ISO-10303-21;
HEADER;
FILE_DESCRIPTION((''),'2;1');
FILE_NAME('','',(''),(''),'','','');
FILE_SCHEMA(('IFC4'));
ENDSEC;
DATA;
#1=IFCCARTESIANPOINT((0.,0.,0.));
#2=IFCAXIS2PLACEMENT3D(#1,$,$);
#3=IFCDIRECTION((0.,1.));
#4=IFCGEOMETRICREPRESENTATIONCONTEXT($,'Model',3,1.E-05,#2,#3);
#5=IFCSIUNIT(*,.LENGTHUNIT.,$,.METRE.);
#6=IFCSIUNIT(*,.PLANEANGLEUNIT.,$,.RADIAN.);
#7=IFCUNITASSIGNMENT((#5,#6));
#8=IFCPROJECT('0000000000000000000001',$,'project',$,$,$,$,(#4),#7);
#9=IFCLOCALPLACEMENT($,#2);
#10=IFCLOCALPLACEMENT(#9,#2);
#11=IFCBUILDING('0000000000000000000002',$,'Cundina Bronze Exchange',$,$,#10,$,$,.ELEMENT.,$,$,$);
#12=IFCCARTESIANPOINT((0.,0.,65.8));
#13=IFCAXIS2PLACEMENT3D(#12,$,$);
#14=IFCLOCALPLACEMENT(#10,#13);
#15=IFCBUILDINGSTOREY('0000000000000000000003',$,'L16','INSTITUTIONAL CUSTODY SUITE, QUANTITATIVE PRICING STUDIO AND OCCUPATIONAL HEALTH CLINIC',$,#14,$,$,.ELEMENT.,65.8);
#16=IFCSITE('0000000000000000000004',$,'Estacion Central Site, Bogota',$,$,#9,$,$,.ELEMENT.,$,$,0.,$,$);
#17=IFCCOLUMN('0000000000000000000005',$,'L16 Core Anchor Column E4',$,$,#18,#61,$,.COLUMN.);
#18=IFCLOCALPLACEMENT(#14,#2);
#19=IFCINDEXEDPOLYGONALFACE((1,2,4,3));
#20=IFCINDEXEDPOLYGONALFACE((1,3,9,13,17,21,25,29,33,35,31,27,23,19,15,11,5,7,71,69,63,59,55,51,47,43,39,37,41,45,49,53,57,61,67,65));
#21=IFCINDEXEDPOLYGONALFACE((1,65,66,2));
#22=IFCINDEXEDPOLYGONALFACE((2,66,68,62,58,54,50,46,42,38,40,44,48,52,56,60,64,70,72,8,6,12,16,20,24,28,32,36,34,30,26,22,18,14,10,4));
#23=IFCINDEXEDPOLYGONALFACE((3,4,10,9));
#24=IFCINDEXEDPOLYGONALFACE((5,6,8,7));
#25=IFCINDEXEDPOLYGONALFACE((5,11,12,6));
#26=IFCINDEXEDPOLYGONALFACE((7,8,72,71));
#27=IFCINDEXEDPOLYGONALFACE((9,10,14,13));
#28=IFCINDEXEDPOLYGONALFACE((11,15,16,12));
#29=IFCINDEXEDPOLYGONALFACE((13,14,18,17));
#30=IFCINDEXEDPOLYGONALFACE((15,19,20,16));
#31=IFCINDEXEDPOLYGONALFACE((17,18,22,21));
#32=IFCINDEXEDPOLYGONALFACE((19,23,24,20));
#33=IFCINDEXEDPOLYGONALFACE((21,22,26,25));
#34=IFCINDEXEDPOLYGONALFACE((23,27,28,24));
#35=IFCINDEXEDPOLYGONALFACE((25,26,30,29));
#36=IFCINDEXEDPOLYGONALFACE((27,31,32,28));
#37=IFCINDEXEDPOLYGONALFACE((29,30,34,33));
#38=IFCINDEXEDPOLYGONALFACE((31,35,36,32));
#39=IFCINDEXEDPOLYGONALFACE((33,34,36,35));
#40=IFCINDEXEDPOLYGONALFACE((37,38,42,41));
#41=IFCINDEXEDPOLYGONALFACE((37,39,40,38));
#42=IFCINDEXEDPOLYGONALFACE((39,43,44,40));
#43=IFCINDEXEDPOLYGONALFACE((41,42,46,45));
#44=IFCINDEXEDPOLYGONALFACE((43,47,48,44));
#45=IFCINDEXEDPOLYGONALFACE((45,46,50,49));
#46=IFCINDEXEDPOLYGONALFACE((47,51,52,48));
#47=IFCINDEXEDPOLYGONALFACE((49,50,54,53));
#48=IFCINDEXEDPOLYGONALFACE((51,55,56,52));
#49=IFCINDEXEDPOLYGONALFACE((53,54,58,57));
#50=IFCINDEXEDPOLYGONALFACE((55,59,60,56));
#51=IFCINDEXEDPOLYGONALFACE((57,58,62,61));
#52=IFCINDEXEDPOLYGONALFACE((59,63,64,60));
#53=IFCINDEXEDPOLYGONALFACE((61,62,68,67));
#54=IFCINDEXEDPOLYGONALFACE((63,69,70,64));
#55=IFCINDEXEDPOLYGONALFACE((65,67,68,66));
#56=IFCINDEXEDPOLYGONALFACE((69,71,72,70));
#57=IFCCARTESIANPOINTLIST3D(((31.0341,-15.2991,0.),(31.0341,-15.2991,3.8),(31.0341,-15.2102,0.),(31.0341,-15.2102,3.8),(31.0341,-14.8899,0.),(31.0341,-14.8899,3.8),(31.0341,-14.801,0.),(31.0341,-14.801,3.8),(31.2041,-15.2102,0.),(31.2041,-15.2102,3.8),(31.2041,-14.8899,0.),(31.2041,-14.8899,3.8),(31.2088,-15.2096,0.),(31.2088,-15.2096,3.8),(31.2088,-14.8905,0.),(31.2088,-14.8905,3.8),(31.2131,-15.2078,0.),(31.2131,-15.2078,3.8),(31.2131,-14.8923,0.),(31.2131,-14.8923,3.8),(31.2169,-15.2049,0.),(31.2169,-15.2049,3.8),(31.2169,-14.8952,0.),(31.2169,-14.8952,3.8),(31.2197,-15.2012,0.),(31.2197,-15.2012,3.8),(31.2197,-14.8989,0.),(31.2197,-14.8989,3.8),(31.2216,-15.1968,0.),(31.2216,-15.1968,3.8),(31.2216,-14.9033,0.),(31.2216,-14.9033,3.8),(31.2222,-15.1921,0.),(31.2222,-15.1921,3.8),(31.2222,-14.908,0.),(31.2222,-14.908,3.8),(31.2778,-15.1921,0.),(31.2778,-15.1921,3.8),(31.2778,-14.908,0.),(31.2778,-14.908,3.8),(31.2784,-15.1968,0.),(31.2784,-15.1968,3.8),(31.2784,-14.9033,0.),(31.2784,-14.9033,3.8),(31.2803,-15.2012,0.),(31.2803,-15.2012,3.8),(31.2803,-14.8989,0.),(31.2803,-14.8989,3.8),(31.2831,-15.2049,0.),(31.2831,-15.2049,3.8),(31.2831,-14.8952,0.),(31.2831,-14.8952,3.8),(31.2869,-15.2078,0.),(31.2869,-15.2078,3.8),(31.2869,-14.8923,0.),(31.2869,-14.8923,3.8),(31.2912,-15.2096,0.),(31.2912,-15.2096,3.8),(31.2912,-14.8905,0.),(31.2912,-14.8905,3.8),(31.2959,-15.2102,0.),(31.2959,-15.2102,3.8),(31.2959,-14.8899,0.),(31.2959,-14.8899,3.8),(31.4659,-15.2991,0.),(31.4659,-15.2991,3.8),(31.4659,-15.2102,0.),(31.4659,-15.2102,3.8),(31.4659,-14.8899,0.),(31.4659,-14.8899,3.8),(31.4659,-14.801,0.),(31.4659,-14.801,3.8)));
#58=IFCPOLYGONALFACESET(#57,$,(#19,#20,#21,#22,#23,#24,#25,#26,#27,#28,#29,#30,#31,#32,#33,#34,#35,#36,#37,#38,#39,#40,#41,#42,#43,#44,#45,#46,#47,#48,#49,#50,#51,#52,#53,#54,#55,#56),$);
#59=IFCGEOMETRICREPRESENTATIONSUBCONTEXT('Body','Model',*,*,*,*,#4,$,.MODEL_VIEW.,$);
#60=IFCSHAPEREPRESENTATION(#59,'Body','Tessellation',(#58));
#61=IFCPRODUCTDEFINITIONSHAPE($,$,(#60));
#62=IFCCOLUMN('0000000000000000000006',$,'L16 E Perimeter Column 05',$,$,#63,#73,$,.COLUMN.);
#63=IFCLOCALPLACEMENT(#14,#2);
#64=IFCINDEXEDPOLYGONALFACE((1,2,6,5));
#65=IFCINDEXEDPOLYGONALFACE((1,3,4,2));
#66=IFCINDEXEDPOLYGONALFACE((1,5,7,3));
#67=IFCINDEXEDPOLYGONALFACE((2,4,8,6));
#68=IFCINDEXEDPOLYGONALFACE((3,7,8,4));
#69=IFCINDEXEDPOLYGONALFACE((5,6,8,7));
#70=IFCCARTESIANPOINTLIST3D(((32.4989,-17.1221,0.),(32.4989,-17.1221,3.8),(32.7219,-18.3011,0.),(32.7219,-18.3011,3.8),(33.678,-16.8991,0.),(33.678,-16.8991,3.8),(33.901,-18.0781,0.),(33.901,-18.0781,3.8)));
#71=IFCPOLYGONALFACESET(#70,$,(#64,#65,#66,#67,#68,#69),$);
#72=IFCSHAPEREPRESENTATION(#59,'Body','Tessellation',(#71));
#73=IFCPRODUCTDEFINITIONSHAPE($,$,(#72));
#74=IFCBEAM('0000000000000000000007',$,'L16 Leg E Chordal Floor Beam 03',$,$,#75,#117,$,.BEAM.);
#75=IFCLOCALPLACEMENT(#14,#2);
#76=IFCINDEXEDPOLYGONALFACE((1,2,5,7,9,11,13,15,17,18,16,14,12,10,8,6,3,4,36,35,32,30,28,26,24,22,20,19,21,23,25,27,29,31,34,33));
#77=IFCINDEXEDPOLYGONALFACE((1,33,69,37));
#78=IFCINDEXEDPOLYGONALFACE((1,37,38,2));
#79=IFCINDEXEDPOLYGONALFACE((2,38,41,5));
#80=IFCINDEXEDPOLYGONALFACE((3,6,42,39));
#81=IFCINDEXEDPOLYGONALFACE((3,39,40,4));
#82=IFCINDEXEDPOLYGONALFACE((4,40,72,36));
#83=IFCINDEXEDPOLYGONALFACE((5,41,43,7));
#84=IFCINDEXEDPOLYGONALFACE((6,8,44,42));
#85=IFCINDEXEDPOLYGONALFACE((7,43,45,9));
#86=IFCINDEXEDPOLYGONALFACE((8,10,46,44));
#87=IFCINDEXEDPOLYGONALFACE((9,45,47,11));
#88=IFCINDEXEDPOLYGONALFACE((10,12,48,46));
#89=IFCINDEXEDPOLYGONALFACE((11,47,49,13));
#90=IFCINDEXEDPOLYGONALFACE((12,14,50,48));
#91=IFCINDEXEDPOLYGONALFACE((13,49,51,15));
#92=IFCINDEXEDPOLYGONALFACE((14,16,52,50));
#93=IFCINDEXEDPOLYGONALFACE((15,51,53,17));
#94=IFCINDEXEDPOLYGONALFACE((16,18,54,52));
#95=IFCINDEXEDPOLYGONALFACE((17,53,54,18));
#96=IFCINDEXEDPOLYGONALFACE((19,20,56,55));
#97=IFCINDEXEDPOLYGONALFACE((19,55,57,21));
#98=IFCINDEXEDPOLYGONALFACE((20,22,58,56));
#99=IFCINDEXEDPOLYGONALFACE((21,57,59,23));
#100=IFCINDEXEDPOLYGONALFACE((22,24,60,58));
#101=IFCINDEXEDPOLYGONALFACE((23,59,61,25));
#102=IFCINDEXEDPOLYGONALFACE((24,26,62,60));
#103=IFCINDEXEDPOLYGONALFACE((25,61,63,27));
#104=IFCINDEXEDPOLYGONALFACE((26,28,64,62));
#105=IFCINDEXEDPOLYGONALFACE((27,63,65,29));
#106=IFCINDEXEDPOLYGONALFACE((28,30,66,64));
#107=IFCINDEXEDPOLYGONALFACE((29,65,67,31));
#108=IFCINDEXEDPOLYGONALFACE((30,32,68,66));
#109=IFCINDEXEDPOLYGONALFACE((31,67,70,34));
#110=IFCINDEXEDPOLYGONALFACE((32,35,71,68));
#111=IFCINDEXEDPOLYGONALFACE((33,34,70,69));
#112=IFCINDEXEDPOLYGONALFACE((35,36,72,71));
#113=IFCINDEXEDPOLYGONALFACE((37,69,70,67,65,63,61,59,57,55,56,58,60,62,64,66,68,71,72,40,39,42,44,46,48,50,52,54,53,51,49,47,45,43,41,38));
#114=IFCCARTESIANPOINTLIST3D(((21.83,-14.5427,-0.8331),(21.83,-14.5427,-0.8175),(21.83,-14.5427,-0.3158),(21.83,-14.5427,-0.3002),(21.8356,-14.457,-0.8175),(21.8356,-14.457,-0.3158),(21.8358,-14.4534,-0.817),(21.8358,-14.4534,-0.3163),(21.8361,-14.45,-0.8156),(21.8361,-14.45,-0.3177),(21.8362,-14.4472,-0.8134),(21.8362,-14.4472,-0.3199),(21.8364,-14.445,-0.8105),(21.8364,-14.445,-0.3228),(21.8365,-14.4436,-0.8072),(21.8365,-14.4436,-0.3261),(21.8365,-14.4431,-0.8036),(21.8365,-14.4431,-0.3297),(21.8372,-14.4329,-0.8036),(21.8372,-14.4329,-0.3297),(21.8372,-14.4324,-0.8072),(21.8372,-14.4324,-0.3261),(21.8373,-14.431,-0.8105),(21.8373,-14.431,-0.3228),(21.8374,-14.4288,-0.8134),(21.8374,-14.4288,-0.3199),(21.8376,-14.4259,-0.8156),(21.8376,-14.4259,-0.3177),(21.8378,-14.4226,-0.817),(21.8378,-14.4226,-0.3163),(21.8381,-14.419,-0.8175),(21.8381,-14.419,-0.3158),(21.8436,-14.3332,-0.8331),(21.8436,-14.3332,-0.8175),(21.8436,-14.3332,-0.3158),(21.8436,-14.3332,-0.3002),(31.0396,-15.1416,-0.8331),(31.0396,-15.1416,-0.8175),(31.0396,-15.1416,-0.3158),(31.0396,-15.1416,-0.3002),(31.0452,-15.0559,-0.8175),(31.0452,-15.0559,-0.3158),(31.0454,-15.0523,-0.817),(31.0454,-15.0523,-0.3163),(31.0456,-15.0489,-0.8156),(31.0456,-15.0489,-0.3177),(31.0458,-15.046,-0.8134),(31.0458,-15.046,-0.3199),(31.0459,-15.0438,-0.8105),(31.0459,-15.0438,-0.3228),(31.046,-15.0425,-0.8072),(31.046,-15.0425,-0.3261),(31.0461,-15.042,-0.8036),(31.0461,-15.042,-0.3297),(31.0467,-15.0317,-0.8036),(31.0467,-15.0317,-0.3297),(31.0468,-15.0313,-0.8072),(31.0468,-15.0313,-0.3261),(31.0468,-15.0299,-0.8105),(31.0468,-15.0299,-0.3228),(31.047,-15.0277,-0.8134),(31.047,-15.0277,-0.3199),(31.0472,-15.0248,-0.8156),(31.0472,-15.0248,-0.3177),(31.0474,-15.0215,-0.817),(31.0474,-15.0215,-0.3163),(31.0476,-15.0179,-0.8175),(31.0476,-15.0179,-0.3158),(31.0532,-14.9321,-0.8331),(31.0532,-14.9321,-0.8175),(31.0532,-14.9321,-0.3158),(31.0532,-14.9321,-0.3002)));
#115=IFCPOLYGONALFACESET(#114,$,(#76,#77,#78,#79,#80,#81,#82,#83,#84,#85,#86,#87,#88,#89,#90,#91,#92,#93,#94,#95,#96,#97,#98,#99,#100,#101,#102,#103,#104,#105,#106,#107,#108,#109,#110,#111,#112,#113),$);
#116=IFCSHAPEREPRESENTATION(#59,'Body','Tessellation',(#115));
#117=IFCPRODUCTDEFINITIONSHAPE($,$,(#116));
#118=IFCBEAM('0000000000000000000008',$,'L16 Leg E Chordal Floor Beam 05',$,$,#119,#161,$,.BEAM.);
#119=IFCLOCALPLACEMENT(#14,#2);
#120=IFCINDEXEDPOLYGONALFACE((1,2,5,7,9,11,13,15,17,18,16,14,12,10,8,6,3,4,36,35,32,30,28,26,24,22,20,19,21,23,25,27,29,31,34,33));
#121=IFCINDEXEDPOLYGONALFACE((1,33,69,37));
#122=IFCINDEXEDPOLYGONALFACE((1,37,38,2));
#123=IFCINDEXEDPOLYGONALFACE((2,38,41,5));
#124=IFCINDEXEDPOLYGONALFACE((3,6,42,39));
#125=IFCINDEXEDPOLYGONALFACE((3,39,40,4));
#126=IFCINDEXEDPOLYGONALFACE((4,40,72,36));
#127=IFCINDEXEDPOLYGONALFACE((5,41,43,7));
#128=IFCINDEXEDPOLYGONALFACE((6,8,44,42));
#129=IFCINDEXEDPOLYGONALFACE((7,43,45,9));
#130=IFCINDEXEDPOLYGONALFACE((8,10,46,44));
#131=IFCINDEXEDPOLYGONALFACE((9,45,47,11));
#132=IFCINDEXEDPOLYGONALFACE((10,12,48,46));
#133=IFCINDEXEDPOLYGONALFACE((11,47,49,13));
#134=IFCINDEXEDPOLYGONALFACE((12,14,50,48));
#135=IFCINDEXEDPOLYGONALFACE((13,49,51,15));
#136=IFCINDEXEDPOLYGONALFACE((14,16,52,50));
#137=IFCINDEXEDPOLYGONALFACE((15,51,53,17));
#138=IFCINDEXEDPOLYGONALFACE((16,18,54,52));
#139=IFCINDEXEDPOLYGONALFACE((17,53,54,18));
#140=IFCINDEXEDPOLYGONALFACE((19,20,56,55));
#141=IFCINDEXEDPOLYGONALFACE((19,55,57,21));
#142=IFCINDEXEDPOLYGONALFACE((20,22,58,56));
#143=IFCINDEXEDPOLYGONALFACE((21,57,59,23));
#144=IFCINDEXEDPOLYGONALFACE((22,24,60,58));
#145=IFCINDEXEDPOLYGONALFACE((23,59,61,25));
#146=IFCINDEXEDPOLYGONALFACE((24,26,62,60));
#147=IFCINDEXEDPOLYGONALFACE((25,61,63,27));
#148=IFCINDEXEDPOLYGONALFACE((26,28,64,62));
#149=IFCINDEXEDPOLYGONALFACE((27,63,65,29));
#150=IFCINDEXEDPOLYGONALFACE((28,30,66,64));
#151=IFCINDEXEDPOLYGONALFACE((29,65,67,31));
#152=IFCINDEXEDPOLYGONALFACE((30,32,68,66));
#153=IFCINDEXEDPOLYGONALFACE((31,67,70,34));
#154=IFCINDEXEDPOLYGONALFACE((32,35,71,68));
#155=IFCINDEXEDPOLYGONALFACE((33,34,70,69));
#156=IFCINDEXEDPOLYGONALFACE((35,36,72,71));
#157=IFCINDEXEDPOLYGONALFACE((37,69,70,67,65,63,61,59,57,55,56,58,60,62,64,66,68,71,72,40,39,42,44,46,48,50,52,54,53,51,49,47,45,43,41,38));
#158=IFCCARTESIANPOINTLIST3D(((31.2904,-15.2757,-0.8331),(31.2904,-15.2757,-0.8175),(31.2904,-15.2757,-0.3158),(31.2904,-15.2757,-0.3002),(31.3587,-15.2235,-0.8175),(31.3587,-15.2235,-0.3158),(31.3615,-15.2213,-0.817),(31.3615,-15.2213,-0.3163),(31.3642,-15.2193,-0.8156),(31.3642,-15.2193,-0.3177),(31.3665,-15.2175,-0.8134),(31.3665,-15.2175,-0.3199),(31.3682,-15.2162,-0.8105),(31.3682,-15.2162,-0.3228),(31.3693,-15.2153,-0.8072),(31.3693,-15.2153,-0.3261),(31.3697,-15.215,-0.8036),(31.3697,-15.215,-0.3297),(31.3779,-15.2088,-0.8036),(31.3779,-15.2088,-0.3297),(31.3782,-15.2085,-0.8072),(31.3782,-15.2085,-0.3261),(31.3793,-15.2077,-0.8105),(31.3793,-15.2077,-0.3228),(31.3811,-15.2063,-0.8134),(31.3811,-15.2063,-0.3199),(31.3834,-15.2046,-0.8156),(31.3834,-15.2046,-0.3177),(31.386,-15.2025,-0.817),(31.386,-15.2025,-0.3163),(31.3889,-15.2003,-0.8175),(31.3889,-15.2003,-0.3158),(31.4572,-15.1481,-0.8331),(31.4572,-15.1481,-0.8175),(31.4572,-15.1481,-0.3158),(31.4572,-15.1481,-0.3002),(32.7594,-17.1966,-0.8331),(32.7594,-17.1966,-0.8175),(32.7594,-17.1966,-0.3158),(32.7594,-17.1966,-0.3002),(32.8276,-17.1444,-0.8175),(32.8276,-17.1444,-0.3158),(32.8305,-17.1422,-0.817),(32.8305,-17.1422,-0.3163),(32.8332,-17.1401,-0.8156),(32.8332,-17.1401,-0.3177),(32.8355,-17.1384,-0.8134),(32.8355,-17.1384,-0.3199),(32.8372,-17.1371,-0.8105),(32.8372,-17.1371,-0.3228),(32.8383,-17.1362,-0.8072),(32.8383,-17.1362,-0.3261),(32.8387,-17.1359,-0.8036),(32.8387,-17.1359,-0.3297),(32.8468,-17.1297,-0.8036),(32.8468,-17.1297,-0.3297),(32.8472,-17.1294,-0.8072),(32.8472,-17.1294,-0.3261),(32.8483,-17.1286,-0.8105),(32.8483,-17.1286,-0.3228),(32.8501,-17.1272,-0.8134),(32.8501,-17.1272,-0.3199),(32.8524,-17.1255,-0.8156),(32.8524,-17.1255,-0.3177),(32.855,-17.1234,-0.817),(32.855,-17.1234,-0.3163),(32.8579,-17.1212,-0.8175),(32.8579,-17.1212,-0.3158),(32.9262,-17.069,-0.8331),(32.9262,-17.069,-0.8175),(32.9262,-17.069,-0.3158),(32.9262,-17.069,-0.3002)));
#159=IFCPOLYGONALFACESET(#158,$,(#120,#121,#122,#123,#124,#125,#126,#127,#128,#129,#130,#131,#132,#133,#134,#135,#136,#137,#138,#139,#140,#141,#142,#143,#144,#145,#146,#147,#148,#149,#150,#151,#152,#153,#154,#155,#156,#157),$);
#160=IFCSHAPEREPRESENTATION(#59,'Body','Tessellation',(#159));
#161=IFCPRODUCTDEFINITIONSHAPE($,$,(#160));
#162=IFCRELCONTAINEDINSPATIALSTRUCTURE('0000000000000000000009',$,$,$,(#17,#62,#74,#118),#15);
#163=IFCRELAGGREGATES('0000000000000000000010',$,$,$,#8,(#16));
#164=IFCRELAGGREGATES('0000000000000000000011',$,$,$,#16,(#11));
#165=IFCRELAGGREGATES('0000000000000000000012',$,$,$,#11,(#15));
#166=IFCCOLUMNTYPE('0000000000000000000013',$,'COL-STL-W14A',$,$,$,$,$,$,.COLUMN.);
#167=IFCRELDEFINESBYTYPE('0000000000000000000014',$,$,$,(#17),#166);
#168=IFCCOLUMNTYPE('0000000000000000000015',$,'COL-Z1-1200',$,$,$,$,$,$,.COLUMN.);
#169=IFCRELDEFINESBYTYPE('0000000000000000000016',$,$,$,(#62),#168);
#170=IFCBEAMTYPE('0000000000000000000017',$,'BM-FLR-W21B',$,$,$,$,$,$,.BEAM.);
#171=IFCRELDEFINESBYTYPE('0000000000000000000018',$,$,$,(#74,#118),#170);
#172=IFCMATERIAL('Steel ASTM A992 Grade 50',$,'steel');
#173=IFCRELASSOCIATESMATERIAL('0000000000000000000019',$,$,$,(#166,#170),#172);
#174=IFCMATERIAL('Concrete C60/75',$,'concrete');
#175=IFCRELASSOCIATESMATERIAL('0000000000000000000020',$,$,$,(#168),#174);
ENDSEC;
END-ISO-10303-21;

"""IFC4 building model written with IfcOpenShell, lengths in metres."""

from ifc_helpers import new_model, si_unit, direction, frame, origin, origin_2d, place, context, subcontext, project, spatial, rectangle, i_section, extrude, material, material_profile, profile_set, type_object, element, save


model = new_model("IFC4")

# Units and contexts
model_context = context("Model", 3, precision=1e-05, world=origin(), true_north=direction((0.0, 1.0)))
body_context = subcontext(model_context, "Body", "Model", "MODEL_VIEW")
ifc_project = project(units=[si_unit("LENGTHUNIT", "METRE"), si_unit("PLANEANGLEUNIT", "RADIAN")], contexts=[model_context])

# Site, building, storey
site_placement = place(None, origin())
site = spatial("IfcSite", under=ifc_project, at=site_placement, Name="Estacion Central Site, Bogota", CompositionType="ELEMENT", RefElevation=0.0)
building_placement = place(site_placement, origin())
building = spatial("IfcBuilding", under=site, at=building_placement, Name="Cundina Bronze Exchange", CompositionType="ELEMENT")
storey_placement = place(building_placement, frame((0.0, 0.0, 65.8)))
storey = spatial("IfcBuildingStorey", under=building, at=storey_placement, Name="L16", Description="INSTITUTIONAL CUSTODY SUITE, QUANTITATIVE PRICING STUDIO AND OCCUPATIONAL HEALTH CLINIC", CompositionType="ELEMENT", Elevation=65.8)

# Columns
ifc_material_1 = material(Name="Steel ASTM A992 Grade 50", Category="steel")
ifc_material_profile_1 = material_profile(ifc_material_1, i_section(OverallWidth=0.4319, OverallDepth=0.498, WebThickness=0.0557, FlangeThickness=0.0889, FilletRadius=0.0181, at=origin_2d()), Name="W14X500", Category="steel")
ifc_profile_set_1 = profile_set([ifc_material_profile_1], Name="Steel ASTM A992 Grade 50")
column_type_1 = type_object("IfcColumnType", Name="COL-STL-W14A", PredefinedType="COLUMN", material=ifc_profile_set_1)
column_1_placement = place(storey_placement, frame((31.25, -15.05, 0.0), z_axis=(0.0, 0.0, 1.0), x_axis=(1.0, 0.0, 0.0)))
element("IfcColumn", 1, at=column_1_placement, inside=storey, type_object=column_type_1, Name="L16 Core Anchor Column E4", PredefinedType="COLUMN", context=body_context, shape_type="SweptSolid", body=[
    extrude(i_section(OverallWidth=0.4319, OverallDepth=0.498, WebThickness=0.0557, FlangeThickness=0.0889, FilletRadius=0.0181, at=origin_2d()), origin(), (0.0, 0.0, 1.0), 3.8),
])
ifc_material_2 = material(Name="Concrete C60/75", Category="concrete")
ifc_material_profile_2 = material_profile(ifc_material_2, rectangle(XDim=1.2, YDim=1.2, at=origin_2d()), Name="RC1200X1200", Category="concrete")
ifc_profile_set_2 = profile_set([ifc_material_profile_2], Name="Concrete C60/75")
column_type_2 = type_object("IfcColumnType", Name="COL-Z1-1200", PredefinedType="COLUMN", material=ifc_profile_set_2)
column_2_placement = place(storey_placement, frame((33.2, -17.6001, 0.0), z_axis=(0.0, 0.0, 1.0), x_axis=(0.98258, 0.185838, 0.0)))
element("IfcColumn", 2, at=column_2_placement, inside=storey, type_object=column_type_2, Name="L16 E Perimeter Column 05", PredefinedType="COLUMN", context=body_context, shape_type="SweptSolid", body=[
    extrude(rectangle(XDim=1.2, YDim=1.2, at=origin_2d()), origin(), (0.0, 0.0, 1.0), 3.8),
])

# Beams
ifc_material_profile_3 = material_profile(ifc_material_1, i_section(OverallWidth=0.21, OverallDepth=0.533, WebThickness=0.0103, FlangeThickness=0.0156, FilletRadius=0.0139, at=origin_2d()), Name="W21X62", Category="steel")
ifc_profile_set_3 = profile_set([ifc_material_profile_3], Name="Steel ASTM A992 Grade 50")
beam_type_1 = type_object("IfcBeamType", Name="BM-FLR-W21B", PredefinedType="BEAM", material=ifc_profile_set_3)
beam_1_placement = place(storey_placement, frame((31.0464, -15.0369, -0.5667), z_axis=(-0.997892, 0.064891, 0.0), x_axis=(-0.064891, -0.997892, 0.0)))
element("IfcBeam", 3, at=beam_1_placement, inside=storey, type_object=beam_type_1, Name="L16 Leg E Chordal Floor Beam 03", PredefinedType="BEAM", context=body_context, shape_type="SweptSolid", body=[
    extrude(i_section(OverallWidth=0.21, OverallDepth=0.533, WebThickness=0.0103, FlangeThickness=0.0156, FilletRadius=0.0139, at=origin_2d()), origin(), (0.0, 0.0, 1.0), 9.229),
])
beam_2_placement = place(storey_placement, frame((31.3738, -15.2119, -0.5667), z_axis=(0.607469, -0.794344, 0.0), x_axis=(0.794344, 0.607469, 0.0)))
element("IfcBeam", 4, at=beam_2_placement, inside=storey, type_object=beam_type_1, Name="L16 Leg E Chordal Floor Beam 05", PredefinedType="BEAM", context=body_context, shape_type="SweptSolid", body=[
    extrude(i_section(OverallWidth=0.21, OverallDepth=0.533, WebThickness=0.0103, FlangeThickness=0.0156, FilletRadius=0.0139, at=origin_2d()), origin(), (0.0, 0.0, 1.0), 2.4182),
])

save(model, "model.ifc")
